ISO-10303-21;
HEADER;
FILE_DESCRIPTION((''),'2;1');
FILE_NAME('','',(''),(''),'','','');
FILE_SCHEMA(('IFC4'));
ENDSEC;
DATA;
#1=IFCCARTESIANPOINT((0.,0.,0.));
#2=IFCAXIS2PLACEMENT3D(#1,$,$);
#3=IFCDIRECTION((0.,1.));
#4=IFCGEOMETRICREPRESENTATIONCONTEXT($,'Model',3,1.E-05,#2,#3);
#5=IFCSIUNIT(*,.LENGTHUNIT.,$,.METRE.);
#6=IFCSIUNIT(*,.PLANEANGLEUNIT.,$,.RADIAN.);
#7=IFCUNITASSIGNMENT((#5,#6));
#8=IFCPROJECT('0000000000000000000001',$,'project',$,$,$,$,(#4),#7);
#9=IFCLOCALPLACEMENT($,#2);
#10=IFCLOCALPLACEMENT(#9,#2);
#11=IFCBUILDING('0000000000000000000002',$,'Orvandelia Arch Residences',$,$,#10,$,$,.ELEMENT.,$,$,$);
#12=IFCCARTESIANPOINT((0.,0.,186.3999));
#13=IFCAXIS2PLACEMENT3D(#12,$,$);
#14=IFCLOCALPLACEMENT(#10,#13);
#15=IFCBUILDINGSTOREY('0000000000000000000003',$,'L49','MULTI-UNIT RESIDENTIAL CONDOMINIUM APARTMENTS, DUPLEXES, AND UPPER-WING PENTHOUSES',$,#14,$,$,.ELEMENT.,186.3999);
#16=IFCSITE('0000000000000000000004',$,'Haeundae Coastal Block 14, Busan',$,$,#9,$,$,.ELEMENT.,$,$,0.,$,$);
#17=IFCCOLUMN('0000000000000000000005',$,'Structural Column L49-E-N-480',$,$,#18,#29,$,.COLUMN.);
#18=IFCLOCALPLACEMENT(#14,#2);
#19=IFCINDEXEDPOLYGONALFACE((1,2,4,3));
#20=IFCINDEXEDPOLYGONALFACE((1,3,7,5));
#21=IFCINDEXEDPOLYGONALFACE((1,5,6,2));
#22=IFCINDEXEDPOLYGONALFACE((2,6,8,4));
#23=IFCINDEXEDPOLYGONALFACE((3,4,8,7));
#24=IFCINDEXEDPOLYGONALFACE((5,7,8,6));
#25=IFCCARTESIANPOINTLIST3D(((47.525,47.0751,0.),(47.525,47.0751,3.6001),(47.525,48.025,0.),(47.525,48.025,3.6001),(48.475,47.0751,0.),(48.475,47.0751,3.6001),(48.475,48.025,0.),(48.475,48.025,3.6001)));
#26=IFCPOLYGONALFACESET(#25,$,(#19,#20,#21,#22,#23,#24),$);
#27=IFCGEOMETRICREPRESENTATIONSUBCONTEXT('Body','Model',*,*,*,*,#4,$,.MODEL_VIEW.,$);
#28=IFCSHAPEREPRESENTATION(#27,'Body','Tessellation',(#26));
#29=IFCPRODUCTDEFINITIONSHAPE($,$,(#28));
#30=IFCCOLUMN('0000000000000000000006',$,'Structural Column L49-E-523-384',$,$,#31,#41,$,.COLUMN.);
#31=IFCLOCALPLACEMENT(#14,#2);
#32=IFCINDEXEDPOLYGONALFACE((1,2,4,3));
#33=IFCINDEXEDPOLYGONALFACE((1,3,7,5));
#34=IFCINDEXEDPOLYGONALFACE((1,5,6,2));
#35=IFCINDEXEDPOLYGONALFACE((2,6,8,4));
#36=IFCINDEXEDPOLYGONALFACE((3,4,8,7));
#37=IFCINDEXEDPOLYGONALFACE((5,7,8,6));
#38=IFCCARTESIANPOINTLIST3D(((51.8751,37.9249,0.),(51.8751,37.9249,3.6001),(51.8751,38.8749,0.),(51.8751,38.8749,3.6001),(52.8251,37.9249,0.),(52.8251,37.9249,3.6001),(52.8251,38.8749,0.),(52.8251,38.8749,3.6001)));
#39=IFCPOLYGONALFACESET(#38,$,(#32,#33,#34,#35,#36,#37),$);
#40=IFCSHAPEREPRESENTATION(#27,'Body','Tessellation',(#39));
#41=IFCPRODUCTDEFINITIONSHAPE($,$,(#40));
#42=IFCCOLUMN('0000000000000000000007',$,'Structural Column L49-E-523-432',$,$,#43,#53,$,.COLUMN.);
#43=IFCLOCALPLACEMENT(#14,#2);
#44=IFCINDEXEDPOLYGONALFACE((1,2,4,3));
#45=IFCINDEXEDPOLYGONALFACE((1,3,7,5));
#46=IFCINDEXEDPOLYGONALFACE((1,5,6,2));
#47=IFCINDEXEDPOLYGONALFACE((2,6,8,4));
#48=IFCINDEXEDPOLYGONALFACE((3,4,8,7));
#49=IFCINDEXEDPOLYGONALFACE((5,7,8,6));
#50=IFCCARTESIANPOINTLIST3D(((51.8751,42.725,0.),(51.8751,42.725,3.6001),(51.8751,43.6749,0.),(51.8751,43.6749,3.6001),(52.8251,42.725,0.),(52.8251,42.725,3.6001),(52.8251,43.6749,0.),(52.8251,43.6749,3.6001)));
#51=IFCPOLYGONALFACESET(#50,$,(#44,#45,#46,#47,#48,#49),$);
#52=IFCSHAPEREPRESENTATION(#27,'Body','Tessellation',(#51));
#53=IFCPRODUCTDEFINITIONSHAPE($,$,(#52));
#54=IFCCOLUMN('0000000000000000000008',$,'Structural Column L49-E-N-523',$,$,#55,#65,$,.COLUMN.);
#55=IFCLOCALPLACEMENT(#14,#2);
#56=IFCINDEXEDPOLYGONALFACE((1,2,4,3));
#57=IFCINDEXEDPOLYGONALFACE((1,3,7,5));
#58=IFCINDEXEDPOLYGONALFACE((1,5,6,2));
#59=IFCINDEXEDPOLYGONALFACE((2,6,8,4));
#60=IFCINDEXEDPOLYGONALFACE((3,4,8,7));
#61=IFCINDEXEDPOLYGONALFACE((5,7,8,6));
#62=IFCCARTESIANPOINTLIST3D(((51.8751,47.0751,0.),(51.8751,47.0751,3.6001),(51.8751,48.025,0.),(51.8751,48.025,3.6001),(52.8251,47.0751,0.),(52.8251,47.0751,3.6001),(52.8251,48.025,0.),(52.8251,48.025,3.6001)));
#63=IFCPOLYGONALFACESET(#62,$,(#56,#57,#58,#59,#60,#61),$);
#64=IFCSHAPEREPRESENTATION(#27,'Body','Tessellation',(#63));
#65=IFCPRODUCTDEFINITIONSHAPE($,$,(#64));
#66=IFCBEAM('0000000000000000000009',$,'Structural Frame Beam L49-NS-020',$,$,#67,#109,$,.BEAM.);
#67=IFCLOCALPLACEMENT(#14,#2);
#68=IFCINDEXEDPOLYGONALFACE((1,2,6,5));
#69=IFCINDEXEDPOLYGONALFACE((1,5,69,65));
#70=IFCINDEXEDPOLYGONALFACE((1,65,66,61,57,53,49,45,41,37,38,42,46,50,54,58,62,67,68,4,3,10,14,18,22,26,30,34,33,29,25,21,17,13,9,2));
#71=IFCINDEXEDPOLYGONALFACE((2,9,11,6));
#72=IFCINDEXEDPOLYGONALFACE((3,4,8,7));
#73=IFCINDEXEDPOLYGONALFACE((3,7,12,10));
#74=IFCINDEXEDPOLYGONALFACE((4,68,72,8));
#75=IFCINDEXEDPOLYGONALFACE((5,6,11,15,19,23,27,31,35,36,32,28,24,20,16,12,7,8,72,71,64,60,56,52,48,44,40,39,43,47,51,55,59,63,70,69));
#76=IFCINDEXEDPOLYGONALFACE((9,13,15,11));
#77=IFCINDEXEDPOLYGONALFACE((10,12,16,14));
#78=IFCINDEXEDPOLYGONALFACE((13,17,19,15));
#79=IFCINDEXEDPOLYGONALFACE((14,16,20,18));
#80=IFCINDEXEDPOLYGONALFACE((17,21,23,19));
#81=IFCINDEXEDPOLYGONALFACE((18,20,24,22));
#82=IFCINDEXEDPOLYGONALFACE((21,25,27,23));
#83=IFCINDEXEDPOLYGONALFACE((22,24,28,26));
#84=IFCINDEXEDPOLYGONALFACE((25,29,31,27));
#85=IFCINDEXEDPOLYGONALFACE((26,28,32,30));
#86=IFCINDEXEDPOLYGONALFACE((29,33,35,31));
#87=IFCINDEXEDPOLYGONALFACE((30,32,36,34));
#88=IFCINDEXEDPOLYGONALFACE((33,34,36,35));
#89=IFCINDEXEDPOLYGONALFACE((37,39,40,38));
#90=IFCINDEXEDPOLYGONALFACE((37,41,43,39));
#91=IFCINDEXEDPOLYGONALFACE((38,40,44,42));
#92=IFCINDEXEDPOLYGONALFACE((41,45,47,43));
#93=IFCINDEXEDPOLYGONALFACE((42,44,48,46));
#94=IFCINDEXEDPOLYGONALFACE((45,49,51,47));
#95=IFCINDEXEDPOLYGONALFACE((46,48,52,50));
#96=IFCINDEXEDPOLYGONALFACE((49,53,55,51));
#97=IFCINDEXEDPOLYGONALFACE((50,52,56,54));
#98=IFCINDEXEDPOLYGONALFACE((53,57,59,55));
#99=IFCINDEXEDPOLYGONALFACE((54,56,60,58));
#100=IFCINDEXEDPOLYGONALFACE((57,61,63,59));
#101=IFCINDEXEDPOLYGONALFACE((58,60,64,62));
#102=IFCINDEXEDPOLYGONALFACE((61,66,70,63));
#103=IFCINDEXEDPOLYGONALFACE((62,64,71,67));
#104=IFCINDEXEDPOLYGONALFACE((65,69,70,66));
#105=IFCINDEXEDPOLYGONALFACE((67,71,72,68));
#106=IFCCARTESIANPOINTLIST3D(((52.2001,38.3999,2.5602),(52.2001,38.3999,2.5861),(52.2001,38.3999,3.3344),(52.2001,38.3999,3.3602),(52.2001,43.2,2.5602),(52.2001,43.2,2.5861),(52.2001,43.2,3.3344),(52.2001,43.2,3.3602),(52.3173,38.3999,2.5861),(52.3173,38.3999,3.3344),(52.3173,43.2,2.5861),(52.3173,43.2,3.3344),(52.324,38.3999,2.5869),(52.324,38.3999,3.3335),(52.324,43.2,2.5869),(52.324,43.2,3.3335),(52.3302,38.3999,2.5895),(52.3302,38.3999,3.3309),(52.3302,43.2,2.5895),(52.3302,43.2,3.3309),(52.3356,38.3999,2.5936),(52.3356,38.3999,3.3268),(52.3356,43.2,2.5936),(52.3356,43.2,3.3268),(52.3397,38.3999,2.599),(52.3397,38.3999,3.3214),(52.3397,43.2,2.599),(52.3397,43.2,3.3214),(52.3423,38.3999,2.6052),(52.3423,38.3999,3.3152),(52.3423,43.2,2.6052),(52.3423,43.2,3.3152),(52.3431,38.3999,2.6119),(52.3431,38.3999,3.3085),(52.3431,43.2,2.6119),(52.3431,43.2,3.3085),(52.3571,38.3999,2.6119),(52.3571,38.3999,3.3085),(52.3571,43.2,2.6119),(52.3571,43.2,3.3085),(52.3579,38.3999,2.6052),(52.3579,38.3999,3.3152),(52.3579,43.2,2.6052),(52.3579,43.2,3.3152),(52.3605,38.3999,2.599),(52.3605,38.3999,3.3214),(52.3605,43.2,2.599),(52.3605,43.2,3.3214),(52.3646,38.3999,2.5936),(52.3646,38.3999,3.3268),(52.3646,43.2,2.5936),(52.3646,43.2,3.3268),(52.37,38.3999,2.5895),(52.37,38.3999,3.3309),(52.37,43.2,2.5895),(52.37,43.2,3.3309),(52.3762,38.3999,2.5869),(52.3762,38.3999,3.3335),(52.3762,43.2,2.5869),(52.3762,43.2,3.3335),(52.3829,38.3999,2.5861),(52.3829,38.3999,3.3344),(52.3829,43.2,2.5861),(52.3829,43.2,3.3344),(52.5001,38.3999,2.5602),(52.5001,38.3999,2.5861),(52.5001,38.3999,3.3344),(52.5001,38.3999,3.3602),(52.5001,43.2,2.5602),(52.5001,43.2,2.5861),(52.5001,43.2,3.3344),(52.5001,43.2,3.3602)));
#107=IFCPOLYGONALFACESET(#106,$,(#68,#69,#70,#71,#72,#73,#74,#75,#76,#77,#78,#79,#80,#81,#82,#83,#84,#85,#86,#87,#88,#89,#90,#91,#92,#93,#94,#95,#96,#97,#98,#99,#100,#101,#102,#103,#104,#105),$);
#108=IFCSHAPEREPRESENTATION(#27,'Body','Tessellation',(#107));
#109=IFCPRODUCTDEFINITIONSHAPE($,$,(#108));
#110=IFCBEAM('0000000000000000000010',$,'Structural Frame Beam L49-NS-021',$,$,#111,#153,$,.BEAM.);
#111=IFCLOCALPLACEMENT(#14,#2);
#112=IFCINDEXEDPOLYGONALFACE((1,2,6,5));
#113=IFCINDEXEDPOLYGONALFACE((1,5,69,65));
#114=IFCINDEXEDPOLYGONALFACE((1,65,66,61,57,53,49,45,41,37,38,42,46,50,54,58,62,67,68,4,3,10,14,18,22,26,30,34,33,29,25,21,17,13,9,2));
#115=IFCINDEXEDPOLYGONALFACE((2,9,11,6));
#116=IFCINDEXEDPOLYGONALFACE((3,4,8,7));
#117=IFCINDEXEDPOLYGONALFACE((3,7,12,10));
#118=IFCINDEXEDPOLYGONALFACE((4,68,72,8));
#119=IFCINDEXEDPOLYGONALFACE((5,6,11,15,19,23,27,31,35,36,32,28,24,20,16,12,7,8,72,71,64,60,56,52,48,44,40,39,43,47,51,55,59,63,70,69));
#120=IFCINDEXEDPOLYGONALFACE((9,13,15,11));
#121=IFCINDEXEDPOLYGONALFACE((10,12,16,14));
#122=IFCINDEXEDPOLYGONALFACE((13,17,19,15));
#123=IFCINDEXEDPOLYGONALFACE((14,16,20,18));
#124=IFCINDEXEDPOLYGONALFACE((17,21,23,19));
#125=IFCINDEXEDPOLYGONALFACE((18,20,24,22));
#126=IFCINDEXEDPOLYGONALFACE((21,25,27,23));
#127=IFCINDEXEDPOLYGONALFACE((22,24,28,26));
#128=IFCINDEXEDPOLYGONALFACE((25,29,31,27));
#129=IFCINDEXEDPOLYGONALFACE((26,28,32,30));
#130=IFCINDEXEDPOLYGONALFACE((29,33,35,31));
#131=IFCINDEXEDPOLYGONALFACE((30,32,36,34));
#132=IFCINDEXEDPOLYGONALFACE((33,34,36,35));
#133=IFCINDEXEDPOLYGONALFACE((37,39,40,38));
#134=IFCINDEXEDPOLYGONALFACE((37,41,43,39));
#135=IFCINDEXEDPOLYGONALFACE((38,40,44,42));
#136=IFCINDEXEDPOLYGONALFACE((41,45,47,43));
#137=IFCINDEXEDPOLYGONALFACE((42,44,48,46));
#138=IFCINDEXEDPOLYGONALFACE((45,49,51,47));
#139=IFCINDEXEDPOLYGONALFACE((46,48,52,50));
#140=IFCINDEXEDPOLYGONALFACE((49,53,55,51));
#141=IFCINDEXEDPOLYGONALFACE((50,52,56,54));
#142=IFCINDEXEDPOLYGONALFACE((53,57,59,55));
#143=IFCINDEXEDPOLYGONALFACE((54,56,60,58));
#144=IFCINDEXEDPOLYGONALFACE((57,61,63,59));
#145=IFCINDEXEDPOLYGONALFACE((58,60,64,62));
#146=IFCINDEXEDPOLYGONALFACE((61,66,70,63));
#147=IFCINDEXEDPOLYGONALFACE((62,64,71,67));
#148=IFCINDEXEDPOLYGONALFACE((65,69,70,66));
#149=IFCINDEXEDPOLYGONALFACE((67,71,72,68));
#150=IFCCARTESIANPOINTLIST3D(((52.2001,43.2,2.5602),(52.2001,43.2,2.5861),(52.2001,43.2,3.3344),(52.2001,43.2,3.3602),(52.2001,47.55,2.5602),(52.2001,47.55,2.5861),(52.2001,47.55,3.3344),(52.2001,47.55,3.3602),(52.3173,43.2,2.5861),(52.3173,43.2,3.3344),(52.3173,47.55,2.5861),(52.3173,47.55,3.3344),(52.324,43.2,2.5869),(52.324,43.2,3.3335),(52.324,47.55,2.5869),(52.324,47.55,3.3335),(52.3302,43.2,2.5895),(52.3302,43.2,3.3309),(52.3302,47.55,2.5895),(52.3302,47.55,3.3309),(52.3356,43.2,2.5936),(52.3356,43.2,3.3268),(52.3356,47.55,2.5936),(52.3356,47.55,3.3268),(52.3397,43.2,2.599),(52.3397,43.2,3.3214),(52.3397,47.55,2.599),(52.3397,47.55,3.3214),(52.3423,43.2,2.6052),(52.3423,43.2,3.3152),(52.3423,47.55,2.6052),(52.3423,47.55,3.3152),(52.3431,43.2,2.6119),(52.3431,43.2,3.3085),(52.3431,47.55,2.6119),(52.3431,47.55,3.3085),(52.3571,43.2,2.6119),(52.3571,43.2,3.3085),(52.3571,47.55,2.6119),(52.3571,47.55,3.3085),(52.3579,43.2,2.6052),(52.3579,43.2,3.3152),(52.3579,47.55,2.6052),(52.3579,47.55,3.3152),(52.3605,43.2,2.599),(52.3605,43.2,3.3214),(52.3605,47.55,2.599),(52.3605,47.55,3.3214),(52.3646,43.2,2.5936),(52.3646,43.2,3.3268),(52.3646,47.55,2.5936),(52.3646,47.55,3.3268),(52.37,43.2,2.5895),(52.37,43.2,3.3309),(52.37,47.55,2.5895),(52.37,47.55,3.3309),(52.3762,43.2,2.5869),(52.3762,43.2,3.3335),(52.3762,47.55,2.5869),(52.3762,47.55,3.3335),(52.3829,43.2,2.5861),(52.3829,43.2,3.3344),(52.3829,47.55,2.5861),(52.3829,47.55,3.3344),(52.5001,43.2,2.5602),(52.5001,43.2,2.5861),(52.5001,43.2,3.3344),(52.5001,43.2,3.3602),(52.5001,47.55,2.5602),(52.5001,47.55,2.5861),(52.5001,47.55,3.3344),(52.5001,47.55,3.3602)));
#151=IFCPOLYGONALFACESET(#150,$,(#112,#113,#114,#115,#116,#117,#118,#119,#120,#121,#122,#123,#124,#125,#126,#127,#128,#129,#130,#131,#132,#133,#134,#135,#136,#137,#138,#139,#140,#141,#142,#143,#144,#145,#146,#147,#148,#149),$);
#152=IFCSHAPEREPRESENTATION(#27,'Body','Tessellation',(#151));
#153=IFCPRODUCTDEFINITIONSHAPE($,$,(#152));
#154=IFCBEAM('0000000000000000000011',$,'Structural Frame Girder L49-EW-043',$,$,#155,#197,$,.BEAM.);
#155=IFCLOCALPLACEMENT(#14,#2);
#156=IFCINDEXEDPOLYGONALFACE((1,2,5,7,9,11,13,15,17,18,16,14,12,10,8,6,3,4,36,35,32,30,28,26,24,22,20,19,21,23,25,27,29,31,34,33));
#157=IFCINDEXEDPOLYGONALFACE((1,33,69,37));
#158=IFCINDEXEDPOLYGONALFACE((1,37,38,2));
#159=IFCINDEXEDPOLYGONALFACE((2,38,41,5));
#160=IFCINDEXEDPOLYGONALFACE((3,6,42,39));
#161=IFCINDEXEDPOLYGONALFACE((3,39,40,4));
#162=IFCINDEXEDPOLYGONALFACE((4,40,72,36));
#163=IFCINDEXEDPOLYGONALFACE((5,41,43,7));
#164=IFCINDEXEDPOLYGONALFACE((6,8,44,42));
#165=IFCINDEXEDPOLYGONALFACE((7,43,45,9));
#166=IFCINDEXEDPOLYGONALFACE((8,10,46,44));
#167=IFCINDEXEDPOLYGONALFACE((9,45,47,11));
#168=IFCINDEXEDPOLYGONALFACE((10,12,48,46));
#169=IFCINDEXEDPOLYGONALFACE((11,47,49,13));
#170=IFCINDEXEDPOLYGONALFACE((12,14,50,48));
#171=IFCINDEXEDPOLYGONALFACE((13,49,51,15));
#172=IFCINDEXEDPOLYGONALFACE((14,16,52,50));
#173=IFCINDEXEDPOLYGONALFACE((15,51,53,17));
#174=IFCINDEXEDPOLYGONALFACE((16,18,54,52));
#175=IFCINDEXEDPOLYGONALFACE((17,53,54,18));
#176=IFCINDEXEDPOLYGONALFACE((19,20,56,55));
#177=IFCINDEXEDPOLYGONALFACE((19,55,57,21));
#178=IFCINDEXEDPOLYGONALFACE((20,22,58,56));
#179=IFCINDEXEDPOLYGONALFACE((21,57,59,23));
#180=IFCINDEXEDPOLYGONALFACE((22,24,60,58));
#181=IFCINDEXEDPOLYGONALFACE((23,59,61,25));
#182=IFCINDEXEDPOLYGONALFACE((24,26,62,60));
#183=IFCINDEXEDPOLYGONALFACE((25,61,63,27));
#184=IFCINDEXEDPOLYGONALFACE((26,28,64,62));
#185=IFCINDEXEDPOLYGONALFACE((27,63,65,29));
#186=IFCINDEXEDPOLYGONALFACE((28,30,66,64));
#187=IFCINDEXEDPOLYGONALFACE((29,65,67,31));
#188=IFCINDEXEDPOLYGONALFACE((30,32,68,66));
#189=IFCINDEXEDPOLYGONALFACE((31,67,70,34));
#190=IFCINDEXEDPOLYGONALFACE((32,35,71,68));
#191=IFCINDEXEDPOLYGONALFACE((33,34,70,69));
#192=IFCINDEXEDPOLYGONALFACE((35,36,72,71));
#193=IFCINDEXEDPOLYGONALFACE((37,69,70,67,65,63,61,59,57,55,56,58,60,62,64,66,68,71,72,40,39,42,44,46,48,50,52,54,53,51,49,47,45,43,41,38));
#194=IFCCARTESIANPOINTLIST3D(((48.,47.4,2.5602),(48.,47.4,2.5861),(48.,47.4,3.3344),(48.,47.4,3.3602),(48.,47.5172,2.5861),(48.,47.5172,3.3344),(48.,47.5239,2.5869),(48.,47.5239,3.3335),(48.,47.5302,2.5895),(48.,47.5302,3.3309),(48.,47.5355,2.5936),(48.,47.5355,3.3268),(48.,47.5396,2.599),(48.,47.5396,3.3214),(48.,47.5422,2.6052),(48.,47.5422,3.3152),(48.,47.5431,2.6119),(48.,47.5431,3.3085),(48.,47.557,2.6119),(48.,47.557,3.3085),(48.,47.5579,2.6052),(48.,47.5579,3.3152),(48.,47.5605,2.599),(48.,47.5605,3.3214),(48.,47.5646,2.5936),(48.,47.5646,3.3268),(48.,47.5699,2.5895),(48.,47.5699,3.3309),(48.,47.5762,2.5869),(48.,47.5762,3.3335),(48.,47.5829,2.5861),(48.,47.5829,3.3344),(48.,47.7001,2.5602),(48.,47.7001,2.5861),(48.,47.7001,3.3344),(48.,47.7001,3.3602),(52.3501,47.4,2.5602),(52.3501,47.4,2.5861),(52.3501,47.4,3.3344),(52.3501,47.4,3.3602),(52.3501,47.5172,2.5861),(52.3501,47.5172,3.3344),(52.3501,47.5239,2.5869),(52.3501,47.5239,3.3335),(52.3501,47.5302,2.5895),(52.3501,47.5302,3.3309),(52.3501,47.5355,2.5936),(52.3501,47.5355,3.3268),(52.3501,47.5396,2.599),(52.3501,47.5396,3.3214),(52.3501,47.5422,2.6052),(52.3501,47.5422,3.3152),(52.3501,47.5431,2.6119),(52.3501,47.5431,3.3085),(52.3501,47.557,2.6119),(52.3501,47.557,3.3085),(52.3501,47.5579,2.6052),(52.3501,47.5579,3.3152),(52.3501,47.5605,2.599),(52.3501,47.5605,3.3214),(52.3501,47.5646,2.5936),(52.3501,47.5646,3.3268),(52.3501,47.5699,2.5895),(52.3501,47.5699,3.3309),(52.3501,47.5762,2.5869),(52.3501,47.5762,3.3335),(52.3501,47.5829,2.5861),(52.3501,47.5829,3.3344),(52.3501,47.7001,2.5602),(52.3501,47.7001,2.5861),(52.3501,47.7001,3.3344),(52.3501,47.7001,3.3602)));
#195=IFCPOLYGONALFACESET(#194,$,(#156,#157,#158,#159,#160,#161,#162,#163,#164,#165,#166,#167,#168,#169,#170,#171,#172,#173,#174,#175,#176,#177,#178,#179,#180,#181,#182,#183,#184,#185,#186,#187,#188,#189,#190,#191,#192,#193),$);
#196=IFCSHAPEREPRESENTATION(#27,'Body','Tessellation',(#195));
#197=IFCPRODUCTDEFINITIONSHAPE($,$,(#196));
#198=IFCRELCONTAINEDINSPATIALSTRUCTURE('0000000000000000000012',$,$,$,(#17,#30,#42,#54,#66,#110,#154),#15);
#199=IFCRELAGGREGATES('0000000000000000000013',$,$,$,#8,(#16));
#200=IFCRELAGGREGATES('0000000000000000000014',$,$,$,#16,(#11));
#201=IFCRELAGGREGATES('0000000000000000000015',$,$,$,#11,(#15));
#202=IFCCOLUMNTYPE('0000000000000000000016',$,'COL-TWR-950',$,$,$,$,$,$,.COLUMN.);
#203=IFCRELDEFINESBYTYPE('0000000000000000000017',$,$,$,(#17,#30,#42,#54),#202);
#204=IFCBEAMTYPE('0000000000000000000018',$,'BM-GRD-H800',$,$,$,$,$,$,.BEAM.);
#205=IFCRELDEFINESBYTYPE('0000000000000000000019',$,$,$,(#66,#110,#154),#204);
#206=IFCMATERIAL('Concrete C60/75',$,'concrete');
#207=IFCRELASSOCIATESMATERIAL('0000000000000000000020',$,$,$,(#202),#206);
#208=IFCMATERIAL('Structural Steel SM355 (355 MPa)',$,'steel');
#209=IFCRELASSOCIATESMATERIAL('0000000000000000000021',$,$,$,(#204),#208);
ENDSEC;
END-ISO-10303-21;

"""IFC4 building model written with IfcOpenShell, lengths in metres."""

from ifc_helpers import new_model, si_unit, direction, frame, origin, origin_2d, place, context, subcontext, project, spatial, rectangle, i_section, extrude, material, material_profile, profile_set, type_object, element, save


model = new_model("IFC4")

# Units and contexts
model_context = context("Model", 3, precision=1e-05, world=origin(), true_north=direction((0.0, 1.0)))
body_context = subcontext(model_context, "Body", "Model", "MODEL_VIEW")
ifc_project = project(units=[si_unit("LENGTHUNIT", "METRE"), si_unit("PLANEANGLEUNIT", "RADIAN")], contexts=[model_context])

# Site, building, storey
site_placement = place(None, origin())
site = spatial("IfcSite", under=ifc_project, at=site_placement, Name="Haeundae Coastal Block 14, Busan", CompositionType="ELEMENT", RefElevation=0.0)
building_placement = place(site_placement, origin())
building = spatial("IfcBuilding", under=site, at=building_placement, Name="Orvandelia Arch Residences", CompositionType="ELEMENT")
storey_placement = place(building_placement, frame((0.0, 0.0, 186.3999)))
storey = spatial("IfcBuildingStorey", under=building, at=storey_placement, Name="L49", Description="MULTI-UNIT RESIDENTIAL CONDOMINIUM APARTMENTS, DUPLEXES, AND UPPER-WING PENTHOUSES", CompositionType="ELEMENT", Elevation=186.3999)

# Columns
ifc_material_1 = material(Name="Concrete C60/75", Category="concrete")
ifc_material_profile_1 = material_profile(ifc_material_1, rectangle(XDim=0.95, YDim=0.95, at=origin_2d()), Name="Concrete C60/75", Category="concrete")
ifc_profile_set_1 = profile_set([ifc_material_profile_1], Name="Concrete C60/75")
column_type = type_object("IfcColumnType", Name="COL-TWR-950", PredefinedType="COLUMN", material=ifc_profile_set_1)
for number, where, z_axis, x_axis, name in (
    (1, (48.0, 47.55, 0.0), (0.0, 0.0, 1.0), (1.0, 0.0, 0.0), "Structural Column L49-E-N-480"),
    (2, (52.3501, 38.3999, 0.0), (0.0, 0.0, 1.0), (1.0, 0.0, 0.0), "Structural Column L49-E-523-384"),
    (3, (52.3501, 43.2, 0.0), (0.0, 0.0, 1.0), (1.0, 0.0, 0.0), "Structural Column L49-E-523-432"),
    (4, (52.3501, 47.55, 0.0), (0.0, 0.0, 1.0), (1.0, 0.0, 0.0), "Structural Column L49-E-N-523"),
):
    element("IfcColumn", number, at=place(storey_placement, frame(where, z_axis=z_axis, x_axis=x_axis)), inside=storey, type_object=column_type, Name=name, PredefinedType="COLUMN", context=body_context, shape_type="SweptSolid", body=[
        extrude(rectangle(XDim=0.95, YDim=0.95, at=origin_2d()), origin(), (0.0, 0.0, 1.0), 3.6001),
    ])

# Beams
ifc_material_2 = material(Name="Structural Steel SM355 (355 MPa)", Category="steel")
ifc_material_profile_2 = material_profile(ifc_material_2, i_section(OverallWidth=0.3, OverallDepth=0.8, WebThickness=0.0139, FlangeThickness=0.0259, FilletRadius=0.0259, at=origin_2d()), Name="Structural Steel SM355 (355 MPa)", Category="steel")
ifc_profile_set_2 = profile_set([ifc_material_profile_2], Name="Structural Steel SM355 (355 MPa)")
beam_type = type_object("IfcBeamType", Name="BM-GRD-H800", PredefinedType="BEAM", material=ifc_profile_set_2)
beam_placement = place(storey_placement, frame((52.3501, 38.3999, 2.9602), z_axis=(0.0, 1.0, 0.0), x_axis=(-1.0, 0.0, 0.0)))
element("IfcBeam", 5, at=beam_placement, inside=storey, type_object=beam_type, Name="Structural Frame Beam L49-NS-020", PredefinedType="BEAM", context=body_context, shape_type="SweptSolid", body=[
    extrude(i_section(OverallWidth=0.3, OverallDepth=0.8, WebThickness=0.0139, FlangeThickness=0.0259, FilletRadius=0.0259, at=origin_2d()), origin(), (0.0, 0.0, 1.0), 4.8),
])
for number, where, z_axis, x_axis, name in (
    (6, (52.3501, 43.2, 2.9602), (0.0, 1.0, 0.0), (-1.0, 0.0, 0.0), "Structural Frame Beam L49-NS-021"),
    (7, (48.0, 47.55, 2.9602), (1.0, 0.0, 0.0), (0.0, 1.0, 0.0), "Structural Frame Girder L49-EW-043"),
):
    element("IfcBeam", number, at=place(storey_placement, frame(where, z_axis=z_axis, x_axis=x_axis)), inside=storey, type_object=beam_type, Name=name, PredefinedType="BEAM", context=body_context, shape_type="SweptSolid", body=[
        extrude(i_section(OverallWidth=0.3, OverallDepth=0.8, WebThickness=0.0139, FlangeThickness=0.0259, FilletRadius=0.0259, at=origin_2d()), origin(), (0.0, 0.0, 1.0), 4.3501),
    ])

save(model, "model.ifc")
